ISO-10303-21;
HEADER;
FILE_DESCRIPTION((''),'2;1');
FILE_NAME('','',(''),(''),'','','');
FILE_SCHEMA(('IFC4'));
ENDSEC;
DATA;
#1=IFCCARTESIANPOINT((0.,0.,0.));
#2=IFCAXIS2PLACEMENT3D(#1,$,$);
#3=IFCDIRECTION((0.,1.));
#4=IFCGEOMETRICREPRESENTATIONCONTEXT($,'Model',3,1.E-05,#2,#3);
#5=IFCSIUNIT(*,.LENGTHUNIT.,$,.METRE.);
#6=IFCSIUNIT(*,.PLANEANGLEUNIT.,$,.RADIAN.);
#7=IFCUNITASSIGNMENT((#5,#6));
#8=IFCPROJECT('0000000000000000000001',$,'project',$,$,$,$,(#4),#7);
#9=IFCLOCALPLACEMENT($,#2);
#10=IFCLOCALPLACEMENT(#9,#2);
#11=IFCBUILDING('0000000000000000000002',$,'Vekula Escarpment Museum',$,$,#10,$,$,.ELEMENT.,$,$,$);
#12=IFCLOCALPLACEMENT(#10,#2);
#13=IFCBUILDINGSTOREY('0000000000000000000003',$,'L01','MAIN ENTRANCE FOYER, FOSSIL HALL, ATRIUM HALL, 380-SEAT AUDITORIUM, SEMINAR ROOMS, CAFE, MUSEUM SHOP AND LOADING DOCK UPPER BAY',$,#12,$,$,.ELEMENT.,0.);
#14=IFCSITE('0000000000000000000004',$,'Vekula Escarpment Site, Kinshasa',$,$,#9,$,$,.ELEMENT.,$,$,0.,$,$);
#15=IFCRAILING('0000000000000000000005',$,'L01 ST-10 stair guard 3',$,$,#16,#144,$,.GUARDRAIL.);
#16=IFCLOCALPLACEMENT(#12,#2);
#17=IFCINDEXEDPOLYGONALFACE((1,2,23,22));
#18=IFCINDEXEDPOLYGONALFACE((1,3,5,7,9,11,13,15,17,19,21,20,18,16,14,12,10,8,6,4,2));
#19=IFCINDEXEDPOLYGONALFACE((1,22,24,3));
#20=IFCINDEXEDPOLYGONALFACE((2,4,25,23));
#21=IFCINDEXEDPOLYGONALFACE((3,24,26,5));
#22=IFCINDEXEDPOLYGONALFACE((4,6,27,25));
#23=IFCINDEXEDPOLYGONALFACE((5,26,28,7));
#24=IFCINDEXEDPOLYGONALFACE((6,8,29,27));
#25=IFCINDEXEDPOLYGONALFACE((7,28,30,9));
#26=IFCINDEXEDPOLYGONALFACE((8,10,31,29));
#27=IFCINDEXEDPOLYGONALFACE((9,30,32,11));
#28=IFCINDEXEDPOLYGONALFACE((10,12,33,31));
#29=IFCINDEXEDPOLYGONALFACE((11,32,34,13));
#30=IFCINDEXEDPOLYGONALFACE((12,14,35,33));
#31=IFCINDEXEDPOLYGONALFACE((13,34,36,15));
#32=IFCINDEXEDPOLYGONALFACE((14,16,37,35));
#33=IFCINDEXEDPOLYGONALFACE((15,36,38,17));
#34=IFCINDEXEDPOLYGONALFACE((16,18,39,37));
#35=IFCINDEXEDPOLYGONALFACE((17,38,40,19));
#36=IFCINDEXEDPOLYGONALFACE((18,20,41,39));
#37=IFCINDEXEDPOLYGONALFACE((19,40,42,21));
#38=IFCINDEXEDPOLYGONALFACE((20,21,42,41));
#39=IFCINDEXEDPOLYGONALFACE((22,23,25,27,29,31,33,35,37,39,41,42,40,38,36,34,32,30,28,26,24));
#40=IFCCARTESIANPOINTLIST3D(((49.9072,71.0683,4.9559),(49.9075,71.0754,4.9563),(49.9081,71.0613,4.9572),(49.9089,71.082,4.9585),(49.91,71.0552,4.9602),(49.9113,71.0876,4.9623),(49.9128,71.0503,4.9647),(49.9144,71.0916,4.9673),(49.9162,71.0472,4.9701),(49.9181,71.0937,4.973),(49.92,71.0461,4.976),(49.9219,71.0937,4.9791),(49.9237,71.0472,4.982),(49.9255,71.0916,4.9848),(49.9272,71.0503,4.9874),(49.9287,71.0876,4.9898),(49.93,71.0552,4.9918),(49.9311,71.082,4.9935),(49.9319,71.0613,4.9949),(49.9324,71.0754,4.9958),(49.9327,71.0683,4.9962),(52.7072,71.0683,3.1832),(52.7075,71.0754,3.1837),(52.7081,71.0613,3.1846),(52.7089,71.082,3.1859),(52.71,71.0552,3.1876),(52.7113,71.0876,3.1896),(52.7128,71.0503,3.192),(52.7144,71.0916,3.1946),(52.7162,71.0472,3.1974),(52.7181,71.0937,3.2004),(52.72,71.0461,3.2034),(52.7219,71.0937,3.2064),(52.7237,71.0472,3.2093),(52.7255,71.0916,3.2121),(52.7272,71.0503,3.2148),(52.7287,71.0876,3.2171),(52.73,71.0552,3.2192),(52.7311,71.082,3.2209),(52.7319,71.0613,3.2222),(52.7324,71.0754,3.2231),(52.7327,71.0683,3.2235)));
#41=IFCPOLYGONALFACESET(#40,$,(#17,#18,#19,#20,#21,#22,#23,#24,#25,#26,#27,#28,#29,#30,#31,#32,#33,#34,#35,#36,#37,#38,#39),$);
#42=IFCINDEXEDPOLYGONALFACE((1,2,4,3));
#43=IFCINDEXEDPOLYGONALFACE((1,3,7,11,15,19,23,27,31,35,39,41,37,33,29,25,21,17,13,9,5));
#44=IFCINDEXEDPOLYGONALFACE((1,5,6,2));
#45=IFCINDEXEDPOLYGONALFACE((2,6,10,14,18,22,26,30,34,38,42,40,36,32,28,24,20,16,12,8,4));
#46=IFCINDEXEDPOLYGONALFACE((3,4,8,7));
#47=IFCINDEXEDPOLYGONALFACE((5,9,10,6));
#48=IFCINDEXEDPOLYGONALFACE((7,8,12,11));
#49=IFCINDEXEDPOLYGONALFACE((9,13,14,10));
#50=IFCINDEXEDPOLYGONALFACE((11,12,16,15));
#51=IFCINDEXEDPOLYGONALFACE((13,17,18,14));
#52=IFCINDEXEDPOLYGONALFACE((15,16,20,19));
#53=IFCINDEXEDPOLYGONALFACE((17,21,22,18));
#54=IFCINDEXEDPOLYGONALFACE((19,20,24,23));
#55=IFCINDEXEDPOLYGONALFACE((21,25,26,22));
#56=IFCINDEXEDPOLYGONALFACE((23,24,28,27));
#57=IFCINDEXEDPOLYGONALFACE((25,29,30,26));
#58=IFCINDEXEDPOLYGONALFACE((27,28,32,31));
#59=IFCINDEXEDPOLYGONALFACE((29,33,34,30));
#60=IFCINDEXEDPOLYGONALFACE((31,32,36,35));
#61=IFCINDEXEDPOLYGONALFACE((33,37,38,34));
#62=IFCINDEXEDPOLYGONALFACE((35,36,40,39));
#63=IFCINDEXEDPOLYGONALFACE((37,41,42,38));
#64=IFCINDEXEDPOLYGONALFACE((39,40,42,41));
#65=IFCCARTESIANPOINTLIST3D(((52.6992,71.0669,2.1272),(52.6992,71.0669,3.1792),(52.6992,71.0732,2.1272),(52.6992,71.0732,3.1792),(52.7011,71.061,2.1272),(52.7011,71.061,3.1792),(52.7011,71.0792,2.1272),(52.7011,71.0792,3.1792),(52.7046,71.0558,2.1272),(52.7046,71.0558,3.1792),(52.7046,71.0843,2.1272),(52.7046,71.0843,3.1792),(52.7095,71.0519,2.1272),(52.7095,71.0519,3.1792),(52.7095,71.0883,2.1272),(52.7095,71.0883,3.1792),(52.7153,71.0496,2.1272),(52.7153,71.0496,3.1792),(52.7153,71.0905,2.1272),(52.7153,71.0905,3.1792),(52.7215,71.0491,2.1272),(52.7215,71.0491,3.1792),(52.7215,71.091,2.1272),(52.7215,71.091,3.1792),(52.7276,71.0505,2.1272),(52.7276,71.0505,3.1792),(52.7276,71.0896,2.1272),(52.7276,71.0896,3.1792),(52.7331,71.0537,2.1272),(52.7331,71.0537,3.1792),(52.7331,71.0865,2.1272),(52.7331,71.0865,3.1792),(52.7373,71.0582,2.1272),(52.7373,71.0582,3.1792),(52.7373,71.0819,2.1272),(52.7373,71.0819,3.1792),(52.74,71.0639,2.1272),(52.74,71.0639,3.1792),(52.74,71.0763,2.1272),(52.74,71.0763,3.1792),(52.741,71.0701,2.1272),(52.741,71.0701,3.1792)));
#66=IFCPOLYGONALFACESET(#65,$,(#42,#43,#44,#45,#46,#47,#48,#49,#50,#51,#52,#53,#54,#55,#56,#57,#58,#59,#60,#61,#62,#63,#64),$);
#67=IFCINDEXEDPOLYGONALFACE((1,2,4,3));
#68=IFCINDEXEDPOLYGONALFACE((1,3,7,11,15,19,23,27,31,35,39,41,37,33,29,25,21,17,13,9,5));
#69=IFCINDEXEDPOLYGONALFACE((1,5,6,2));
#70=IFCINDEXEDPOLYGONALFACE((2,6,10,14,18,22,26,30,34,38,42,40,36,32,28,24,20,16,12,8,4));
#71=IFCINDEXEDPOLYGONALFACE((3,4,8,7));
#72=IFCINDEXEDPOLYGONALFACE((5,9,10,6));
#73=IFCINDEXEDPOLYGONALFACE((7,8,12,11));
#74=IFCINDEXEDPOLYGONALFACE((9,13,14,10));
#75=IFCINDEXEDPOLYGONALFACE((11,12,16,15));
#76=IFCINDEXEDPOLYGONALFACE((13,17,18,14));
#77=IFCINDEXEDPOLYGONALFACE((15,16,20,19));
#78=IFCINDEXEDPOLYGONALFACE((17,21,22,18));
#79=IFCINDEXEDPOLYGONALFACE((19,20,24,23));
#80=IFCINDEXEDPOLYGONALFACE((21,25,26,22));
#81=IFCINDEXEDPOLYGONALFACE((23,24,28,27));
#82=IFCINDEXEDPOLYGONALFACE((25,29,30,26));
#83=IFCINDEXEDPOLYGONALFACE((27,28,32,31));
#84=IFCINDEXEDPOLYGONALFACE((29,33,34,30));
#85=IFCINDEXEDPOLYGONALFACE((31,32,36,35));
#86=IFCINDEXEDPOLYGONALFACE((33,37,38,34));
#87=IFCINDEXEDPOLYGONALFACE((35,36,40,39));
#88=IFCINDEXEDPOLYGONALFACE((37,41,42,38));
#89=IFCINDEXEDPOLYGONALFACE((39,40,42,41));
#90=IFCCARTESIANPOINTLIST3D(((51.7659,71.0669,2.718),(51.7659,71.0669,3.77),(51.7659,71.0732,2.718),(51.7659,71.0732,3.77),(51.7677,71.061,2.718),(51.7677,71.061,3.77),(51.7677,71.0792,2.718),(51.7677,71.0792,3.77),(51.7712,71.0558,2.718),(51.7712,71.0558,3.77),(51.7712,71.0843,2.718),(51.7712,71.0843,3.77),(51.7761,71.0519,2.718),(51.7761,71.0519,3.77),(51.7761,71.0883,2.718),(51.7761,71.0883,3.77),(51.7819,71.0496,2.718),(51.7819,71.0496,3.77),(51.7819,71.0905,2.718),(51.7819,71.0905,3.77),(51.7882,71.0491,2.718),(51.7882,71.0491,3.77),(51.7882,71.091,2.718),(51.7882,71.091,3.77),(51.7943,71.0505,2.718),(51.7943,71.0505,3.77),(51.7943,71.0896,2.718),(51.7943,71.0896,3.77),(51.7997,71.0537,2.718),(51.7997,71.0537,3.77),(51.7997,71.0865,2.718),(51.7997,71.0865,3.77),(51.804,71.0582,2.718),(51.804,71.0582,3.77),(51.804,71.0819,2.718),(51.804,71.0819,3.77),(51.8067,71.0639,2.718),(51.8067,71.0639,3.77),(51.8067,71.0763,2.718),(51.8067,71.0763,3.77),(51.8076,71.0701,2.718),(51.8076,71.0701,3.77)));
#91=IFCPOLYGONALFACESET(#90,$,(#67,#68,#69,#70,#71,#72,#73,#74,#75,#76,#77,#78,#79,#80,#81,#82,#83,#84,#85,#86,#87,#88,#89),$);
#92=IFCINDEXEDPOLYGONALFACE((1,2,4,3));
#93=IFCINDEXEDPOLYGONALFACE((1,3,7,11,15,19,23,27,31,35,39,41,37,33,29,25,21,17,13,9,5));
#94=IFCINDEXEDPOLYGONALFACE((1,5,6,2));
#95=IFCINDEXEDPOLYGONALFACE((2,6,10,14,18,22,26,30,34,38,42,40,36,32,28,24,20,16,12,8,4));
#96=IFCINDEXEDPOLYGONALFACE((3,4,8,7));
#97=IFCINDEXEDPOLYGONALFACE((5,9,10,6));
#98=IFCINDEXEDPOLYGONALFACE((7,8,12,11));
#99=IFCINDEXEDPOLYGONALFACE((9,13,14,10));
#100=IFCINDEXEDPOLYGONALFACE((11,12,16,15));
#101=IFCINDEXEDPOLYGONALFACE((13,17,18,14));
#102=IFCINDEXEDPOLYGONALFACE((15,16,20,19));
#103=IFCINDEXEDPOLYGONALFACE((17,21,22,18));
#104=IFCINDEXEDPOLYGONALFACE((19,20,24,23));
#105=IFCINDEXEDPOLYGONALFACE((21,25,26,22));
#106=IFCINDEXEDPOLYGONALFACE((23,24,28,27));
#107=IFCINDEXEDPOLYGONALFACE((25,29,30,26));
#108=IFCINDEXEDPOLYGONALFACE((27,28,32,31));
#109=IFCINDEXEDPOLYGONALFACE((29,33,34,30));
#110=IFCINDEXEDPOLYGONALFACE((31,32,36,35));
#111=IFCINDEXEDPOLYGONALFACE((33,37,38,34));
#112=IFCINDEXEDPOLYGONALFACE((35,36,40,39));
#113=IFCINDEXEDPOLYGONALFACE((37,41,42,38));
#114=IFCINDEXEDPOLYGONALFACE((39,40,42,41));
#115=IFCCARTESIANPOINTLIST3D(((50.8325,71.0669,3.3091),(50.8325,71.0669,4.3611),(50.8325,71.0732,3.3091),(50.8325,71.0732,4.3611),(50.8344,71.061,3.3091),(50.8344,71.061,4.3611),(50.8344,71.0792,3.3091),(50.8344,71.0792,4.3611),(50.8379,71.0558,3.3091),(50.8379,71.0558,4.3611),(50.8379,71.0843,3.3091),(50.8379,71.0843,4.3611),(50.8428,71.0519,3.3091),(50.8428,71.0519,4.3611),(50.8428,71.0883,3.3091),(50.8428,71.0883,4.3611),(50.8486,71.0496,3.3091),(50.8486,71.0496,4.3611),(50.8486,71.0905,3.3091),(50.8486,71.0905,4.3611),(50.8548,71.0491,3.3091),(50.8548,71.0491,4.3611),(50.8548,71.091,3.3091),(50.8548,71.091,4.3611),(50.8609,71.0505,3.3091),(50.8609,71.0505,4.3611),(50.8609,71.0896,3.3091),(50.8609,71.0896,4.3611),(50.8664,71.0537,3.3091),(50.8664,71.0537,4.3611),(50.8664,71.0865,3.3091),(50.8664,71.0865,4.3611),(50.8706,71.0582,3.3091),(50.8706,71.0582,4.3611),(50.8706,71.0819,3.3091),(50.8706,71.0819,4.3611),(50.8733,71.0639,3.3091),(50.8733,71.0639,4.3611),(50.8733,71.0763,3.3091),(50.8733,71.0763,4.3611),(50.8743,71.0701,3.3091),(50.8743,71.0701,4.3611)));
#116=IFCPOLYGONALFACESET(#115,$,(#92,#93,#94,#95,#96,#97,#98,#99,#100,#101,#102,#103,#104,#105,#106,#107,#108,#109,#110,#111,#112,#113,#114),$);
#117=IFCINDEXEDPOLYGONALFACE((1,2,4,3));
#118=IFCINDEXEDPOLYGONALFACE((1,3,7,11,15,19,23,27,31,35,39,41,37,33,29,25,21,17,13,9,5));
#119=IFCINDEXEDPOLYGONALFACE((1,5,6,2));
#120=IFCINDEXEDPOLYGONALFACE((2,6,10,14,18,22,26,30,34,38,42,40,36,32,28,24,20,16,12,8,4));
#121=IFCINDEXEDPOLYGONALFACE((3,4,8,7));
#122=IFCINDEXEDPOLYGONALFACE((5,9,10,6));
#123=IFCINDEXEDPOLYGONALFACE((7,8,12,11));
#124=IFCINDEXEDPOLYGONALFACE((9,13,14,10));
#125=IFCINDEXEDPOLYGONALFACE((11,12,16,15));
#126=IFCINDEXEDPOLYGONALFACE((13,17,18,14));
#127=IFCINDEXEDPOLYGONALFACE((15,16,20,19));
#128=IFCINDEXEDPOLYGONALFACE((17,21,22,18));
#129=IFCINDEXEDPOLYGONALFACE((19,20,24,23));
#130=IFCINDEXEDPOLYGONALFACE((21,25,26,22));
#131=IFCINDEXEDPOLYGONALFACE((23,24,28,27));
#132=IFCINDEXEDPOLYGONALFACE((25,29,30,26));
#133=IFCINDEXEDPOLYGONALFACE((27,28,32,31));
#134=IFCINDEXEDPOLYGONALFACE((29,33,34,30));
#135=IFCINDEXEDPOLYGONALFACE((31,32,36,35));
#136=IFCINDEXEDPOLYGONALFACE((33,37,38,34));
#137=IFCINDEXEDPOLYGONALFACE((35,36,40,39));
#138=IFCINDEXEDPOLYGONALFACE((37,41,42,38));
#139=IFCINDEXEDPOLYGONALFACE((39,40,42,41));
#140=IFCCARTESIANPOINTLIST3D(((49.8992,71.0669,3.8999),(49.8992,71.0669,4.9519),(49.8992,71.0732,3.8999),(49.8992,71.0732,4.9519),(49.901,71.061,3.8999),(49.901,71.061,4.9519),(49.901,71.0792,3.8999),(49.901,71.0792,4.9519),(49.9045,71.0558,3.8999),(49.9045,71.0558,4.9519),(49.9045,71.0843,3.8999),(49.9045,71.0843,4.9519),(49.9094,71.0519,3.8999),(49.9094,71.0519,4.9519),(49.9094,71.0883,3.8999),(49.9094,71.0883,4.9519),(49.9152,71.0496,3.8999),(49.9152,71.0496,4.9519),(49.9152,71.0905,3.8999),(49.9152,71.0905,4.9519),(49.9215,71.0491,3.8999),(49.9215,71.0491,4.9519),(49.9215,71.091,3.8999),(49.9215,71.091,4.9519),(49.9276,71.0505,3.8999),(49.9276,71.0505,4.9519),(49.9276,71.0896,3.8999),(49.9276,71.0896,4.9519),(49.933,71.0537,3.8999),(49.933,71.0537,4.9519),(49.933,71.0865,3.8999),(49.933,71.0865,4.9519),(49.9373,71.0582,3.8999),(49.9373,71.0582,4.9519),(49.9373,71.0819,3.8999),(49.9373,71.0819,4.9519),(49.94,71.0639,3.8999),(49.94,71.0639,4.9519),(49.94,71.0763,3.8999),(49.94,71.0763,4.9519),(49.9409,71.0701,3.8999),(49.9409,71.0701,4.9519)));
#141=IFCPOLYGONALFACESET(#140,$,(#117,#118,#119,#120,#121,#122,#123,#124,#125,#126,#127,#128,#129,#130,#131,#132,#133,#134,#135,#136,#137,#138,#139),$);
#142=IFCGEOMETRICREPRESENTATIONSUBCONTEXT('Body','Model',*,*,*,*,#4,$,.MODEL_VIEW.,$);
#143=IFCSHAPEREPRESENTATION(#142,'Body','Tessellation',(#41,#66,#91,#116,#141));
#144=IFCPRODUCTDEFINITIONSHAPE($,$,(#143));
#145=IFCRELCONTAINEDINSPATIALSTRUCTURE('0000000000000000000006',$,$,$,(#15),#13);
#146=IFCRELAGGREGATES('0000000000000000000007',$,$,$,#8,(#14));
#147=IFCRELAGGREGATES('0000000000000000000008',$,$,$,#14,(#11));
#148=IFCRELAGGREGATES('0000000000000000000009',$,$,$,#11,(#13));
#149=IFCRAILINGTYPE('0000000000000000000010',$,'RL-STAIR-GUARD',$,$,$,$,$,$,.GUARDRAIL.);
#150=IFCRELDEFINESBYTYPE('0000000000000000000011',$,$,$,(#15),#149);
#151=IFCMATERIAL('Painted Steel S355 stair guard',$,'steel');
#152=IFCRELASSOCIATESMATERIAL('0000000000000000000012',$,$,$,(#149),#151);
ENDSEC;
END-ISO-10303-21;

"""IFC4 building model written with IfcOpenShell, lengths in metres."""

from ifc_helpers import new_model, si_unit, direction, frame, origin, origin_2d, place, context, subcontext, project, spatial, circle, extrude, material, type_object, element, save


model = new_model("IFC4")

# Units and contexts
model_context = context("Model", 3, precision=1e-05, world=origin(), true_north=direction((0.0, 1.0)))
body_context = subcontext(model_context, "Body", "Model", "MODEL_VIEW")
ifc_project = project(units=[si_unit("LENGTHUNIT", "METRE"), si_unit("PLANEANGLEUNIT", "RADIAN")], contexts=[model_context])

# Site, building, storey
site_placement = place(None, origin())
site = spatial("IfcSite", under=ifc_project, at=site_placement, Name="Vekula Escarpment Site, Kinshasa", CompositionType="ELEMENT", RefElevation=0.0)
building_placement = place(site_placement, origin())
building = spatial("IfcBuilding", under=site, at=building_placement, Name="Vekula Escarpment Museum", CompositionType="ELEMENT")
storey_placement = place(building_placement, origin())
storey = spatial("IfcBuildingStorey", under=building, at=storey_placement, Name="L01", Description="MAIN ENTRANCE FOYER, FOSSIL HALL, ATRIUM HALL, 380-SEAT AUDITORIUM, SEMINAR ROOMS, CAFE, MUSEUM SHOP AND LOADING DOCK UPPER BAY", CompositionType="ELEMENT", Elevation=0.0)

# Railing
ifc_material_1 = material(Name="Painted Steel S355 stair guard", Category="steel")
railing_type_1 = type_object("IfcRailingType", Name="RL-STAIR-GUARD", PredefinedType="GUARDRAIL", material=ifc_material_1)
railing_1_placement = place(storey_placement, frame((52.72, 71.0701, 2.1272)))
element("IfcRailing", 1, at=railing_1_placement, inside=storey, type_object=railing_type_1, Name="L01 ST-10 stair guard 3", PredefinedType="GUARDRAIL", context=body_context, shape_type="SweptSolid", body=[
    extrude(circle(Radius=0.0239, at=origin_2d()), frame((0.0, 0.0, 1.0762), z_axis=(-0.844909, 0.0, 0.53491), x_axis=(0.0, -1.0, 0.0)), (0.0, 0.0, 1.0), 3.314),
    extrude(circle(Radius=0.021, at=origin_2d()), origin(), (0.0, 0.0, 1.0), 1.052),
    extrude(circle(Radius=0.021, at=origin_2d()), frame((-0.9333, 0.0, 0.5908)), (0.0, 0.0, 1.0), 1.052),
    extrude(circle(Radius=0.021, at=origin_2d()), frame((-1.8667, 0.0, 1.1819)), (0.0, 0.0, 1.0), 1.052),
    extrude(circle(Radius=0.021, at=origin_2d()), frame((-2.8, 0.0, 1.7727)), (0.0, 0.0, 1.0), 1.052),
])

save(model, "model.ifc")
